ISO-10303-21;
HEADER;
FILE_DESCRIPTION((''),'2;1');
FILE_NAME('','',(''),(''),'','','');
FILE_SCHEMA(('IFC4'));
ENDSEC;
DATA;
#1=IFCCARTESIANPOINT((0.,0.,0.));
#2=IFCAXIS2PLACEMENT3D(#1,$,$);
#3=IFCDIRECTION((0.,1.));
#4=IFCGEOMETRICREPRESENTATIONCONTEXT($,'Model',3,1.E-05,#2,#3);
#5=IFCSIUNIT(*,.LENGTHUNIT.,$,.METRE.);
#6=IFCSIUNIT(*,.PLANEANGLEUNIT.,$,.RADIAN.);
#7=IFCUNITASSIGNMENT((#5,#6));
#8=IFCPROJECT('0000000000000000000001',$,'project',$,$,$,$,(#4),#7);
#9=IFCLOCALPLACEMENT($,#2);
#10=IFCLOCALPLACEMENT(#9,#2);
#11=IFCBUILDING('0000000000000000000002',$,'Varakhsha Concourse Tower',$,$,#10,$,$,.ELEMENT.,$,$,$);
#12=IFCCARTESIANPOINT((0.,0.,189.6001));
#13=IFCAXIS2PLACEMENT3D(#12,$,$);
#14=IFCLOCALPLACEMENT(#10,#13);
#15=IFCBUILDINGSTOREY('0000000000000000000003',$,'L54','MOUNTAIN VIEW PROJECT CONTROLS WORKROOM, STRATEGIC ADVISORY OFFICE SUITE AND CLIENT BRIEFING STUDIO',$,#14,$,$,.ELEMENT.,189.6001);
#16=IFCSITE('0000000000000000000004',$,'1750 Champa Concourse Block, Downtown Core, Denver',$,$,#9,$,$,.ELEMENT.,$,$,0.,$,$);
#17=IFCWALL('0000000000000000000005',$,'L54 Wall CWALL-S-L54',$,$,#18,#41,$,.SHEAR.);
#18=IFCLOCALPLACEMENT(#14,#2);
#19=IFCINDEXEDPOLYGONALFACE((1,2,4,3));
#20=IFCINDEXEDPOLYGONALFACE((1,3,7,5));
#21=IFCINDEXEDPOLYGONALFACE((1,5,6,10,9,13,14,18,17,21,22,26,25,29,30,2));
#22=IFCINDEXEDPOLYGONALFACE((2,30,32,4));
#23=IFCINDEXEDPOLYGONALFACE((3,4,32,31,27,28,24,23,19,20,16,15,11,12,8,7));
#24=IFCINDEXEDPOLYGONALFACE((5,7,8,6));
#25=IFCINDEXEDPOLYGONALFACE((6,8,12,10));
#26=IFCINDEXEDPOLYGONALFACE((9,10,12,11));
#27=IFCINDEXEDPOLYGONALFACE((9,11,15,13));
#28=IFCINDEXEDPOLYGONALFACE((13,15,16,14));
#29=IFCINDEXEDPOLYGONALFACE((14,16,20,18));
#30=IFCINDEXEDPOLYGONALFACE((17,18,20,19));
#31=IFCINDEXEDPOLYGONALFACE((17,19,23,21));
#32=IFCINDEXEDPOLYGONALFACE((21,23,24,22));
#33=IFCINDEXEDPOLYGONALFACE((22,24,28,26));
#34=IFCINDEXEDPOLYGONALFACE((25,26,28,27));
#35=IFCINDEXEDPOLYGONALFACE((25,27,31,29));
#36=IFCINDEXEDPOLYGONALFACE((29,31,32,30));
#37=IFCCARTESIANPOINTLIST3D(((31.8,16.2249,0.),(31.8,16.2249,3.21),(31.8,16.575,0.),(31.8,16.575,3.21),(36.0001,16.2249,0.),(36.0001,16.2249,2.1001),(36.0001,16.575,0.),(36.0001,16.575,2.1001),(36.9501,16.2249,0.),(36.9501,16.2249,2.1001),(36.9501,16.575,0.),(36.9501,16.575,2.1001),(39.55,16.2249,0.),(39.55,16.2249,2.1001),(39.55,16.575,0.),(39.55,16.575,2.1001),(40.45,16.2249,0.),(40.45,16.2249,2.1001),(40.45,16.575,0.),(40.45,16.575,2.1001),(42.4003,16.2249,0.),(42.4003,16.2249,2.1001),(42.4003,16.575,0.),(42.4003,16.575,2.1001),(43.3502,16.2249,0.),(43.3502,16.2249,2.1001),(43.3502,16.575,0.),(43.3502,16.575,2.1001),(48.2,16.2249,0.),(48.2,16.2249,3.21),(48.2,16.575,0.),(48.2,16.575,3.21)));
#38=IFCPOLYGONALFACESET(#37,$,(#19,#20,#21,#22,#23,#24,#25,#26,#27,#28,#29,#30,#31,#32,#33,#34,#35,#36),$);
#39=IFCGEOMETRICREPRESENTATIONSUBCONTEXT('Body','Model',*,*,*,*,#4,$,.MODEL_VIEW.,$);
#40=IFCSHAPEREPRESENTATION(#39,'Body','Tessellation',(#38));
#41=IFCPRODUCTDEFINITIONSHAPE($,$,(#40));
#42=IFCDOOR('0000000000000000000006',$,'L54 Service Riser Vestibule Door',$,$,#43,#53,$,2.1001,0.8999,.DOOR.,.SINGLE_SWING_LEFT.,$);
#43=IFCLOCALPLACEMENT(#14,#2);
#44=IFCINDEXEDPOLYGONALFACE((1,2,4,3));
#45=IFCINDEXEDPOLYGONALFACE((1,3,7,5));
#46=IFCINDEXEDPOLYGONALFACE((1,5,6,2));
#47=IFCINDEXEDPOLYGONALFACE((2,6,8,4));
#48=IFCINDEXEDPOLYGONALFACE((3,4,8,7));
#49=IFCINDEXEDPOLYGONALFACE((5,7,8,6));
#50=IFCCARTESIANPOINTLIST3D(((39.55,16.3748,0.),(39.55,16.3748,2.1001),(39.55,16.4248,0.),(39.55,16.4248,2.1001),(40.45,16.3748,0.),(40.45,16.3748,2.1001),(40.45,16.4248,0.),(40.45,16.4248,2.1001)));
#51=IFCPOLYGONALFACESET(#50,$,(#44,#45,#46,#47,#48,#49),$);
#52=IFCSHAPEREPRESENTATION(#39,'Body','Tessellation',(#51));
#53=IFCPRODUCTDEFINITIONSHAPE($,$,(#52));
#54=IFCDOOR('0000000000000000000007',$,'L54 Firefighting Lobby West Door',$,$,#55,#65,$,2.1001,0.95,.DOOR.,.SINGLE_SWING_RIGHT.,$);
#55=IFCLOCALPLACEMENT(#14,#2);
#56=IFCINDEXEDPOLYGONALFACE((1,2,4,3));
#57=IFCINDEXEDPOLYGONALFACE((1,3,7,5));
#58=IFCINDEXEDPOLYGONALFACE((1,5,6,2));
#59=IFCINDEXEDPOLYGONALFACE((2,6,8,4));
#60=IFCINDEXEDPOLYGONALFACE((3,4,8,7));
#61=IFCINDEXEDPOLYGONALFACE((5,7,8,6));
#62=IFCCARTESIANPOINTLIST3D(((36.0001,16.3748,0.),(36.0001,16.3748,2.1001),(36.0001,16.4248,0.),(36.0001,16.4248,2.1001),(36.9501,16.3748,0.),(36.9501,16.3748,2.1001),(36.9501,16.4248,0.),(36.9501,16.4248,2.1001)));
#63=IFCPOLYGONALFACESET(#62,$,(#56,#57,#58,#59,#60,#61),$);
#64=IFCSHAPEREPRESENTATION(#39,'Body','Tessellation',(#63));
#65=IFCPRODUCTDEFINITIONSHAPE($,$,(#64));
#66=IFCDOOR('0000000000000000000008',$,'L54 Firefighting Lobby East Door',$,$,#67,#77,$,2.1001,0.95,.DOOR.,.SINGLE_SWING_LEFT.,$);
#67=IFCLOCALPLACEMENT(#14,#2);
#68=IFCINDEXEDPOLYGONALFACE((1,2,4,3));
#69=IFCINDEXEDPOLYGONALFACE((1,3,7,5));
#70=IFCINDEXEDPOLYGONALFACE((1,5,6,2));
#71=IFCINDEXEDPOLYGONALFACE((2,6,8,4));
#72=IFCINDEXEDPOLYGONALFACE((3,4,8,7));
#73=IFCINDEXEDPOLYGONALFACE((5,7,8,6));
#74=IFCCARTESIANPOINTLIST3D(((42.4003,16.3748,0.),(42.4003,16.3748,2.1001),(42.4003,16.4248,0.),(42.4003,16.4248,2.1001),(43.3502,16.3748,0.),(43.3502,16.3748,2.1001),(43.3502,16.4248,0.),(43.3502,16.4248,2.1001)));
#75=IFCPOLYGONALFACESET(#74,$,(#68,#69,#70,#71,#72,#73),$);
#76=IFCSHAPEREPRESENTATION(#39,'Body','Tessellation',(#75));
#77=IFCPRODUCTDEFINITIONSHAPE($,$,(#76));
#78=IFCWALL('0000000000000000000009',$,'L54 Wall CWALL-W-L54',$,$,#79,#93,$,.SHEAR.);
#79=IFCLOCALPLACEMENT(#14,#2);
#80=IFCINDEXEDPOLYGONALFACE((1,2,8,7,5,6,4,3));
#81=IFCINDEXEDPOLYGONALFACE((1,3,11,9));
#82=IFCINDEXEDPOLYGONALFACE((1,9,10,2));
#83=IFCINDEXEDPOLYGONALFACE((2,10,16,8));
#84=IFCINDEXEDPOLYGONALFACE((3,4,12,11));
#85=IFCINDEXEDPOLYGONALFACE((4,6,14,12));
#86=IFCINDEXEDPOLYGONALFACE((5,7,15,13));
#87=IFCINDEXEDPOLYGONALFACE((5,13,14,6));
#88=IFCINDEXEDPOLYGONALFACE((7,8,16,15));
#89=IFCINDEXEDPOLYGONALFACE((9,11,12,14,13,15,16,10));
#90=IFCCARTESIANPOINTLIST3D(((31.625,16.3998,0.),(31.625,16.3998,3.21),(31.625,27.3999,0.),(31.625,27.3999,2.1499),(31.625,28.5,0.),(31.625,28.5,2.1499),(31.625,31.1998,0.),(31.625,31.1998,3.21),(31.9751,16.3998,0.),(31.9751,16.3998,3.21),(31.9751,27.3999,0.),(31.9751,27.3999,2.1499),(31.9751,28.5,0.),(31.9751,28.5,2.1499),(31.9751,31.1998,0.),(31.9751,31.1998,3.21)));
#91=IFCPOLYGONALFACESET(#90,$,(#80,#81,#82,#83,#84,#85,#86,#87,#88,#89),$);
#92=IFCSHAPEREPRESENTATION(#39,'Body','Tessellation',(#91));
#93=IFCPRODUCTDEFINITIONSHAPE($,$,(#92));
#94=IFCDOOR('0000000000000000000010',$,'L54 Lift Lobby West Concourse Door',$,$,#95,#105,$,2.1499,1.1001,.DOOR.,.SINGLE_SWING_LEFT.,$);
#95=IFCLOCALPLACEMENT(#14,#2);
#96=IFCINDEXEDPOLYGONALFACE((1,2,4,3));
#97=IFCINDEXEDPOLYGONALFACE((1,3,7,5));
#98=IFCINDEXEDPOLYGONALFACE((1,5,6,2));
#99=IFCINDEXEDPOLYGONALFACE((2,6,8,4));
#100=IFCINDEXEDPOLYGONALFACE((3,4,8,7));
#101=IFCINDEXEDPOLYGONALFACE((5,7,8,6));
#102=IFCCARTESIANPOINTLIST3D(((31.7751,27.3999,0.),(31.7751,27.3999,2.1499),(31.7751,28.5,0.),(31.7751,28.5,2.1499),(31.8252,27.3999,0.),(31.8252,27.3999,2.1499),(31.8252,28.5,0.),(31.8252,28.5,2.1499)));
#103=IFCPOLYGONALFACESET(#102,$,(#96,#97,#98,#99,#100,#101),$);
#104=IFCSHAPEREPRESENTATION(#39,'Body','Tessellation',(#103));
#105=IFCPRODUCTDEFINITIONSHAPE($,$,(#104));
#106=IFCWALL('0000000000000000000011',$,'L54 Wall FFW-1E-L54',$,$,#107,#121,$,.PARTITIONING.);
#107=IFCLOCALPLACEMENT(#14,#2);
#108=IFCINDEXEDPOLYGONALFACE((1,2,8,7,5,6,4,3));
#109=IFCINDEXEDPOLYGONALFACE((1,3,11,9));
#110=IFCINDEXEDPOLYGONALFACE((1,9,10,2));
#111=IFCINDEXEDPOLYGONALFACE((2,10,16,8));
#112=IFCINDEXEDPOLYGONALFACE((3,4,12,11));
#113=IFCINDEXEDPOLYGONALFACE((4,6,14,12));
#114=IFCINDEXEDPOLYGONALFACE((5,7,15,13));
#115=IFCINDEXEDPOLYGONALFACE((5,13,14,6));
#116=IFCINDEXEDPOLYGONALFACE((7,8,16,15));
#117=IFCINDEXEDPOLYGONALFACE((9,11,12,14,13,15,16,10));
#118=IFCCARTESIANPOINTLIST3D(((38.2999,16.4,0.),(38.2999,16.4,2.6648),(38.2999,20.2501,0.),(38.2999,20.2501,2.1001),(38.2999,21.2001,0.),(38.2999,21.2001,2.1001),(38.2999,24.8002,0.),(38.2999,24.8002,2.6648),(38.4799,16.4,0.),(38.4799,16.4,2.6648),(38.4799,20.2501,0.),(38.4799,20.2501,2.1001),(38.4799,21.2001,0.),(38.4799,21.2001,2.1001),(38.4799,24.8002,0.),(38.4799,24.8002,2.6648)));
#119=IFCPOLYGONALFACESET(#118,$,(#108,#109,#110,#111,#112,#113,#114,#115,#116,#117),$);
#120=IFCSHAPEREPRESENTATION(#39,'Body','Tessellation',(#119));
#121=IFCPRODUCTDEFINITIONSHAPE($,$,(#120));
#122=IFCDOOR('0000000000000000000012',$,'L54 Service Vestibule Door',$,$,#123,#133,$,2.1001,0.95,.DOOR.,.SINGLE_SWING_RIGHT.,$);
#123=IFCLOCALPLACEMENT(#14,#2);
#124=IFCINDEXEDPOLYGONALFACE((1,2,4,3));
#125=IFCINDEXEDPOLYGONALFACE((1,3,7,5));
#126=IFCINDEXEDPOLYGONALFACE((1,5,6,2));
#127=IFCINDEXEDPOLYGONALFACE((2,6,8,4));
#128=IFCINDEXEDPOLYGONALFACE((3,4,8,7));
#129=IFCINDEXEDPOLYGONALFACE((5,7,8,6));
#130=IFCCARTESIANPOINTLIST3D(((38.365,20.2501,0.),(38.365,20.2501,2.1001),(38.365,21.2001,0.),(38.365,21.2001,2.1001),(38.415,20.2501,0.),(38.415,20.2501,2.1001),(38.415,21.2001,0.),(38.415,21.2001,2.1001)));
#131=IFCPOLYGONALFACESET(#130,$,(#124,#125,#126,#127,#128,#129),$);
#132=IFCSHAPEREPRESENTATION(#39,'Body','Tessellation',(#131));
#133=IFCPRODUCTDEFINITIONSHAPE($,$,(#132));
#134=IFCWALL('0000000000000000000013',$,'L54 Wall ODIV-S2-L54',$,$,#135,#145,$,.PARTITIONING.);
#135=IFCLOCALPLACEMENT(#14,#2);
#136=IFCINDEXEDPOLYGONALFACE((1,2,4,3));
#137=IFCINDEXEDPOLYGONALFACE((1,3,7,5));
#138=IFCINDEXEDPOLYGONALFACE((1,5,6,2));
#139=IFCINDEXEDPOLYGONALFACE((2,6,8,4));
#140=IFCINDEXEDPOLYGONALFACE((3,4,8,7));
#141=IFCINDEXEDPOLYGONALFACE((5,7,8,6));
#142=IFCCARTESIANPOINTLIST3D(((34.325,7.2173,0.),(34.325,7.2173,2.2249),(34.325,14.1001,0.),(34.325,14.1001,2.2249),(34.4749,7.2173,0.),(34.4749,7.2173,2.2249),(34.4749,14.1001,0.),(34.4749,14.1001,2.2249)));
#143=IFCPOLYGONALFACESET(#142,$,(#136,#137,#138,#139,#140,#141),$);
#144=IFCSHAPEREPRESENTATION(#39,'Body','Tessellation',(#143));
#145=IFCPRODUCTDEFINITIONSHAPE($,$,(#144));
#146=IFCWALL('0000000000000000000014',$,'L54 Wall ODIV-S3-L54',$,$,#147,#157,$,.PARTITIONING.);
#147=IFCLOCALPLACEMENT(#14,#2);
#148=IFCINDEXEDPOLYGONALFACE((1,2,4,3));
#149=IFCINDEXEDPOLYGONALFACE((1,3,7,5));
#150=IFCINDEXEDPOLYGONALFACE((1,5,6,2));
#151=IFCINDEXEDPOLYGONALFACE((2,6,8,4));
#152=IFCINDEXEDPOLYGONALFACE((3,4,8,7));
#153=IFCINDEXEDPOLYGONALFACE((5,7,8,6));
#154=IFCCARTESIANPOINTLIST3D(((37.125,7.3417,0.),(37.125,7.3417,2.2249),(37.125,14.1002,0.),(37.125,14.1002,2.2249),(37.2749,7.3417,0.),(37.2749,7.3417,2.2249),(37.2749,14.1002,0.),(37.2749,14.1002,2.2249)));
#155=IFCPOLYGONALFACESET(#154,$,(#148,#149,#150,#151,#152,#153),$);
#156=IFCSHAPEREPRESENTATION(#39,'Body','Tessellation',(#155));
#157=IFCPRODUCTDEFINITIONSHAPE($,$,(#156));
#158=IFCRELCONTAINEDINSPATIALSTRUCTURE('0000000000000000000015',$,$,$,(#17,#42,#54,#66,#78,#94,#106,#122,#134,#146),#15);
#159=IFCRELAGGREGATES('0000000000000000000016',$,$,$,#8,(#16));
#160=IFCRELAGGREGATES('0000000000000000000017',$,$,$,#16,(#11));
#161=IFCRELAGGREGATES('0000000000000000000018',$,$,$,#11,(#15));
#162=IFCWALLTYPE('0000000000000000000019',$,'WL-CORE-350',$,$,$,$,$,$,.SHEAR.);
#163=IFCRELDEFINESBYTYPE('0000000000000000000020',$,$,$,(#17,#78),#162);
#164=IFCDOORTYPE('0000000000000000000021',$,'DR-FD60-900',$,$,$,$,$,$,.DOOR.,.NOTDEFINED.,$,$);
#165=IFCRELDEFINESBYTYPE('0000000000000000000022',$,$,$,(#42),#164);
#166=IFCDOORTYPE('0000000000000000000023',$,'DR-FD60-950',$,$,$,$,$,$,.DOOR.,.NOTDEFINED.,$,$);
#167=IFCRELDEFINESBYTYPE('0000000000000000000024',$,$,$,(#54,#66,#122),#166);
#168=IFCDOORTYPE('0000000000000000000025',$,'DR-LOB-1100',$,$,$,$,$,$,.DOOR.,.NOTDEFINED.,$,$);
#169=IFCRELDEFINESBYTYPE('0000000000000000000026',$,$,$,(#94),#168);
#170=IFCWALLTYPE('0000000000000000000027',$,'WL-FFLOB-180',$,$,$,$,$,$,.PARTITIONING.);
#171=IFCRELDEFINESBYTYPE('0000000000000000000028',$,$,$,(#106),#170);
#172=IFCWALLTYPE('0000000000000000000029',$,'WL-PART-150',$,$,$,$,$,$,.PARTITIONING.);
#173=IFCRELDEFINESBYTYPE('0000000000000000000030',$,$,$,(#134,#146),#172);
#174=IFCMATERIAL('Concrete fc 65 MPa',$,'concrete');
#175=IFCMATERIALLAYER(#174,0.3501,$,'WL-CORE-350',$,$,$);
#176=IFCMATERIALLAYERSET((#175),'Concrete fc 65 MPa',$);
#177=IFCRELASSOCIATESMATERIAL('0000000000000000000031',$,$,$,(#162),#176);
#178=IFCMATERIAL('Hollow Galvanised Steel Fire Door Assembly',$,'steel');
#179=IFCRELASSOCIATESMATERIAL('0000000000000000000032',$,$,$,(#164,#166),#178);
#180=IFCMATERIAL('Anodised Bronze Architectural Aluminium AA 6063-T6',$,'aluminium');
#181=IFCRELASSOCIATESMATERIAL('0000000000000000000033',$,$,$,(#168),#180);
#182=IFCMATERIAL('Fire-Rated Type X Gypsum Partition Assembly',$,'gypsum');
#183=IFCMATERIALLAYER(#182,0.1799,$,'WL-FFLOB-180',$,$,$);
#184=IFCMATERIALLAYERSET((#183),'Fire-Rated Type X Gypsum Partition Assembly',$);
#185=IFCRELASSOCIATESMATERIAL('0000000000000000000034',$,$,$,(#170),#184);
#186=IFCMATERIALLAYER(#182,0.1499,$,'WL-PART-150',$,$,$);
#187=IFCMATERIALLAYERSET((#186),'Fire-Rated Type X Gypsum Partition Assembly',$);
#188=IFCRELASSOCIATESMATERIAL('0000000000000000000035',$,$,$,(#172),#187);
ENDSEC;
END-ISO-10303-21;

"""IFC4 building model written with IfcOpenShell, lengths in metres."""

from ifc_helpers import new_model, si_unit, direction, frame, frame_2d, origin, place, context, subcontext, project, spatial, rectangle, extrude, material, layer, layer_set, type_object, element, fill, save


model = new_model("IFC4")

# Units and contexts
model_context = context("Model", 3, precision=1e-05, world=origin(), true_north=direction((0.0, 1.0)))
body_context = subcontext(model_context, "Body", "Model", "MODEL_VIEW")
ifc_project = project(units=[si_unit("LENGTHUNIT", "METRE"), si_unit("PLANEANGLEUNIT", "RADIAN")], contexts=[model_context])

# Site, building, storey
site_placement = place(None, origin())
site = spatial("IfcSite", under=ifc_project, at=site_placement, Name="1750 Champa Concourse Block, Downtown Core, Denver", CompositionType="ELEMENT", RefElevation=0.0)
building_placement = place(site_placement, origin())
building = spatial("IfcBuilding", under=site, at=building_placement, Name="Varakhsha Concourse Tower", CompositionType="ELEMENT")
storey_placement = place(building_placement, frame((0.0, 0.0, 189.6001)))
storey = spatial("IfcBuildingStorey", under=building, at=storey_placement, Name="L54", Description="MOUNTAIN VIEW PROJECT CONTROLS WORKROOM, STRATEGIC ADVISORY OFFICE SUITE AND CLIENT BRIEFING STUDIO", CompositionType="ELEMENT", Elevation=189.6001)

# Shared definitions
ifc_material_1 = material(Name="Anodised Bronze Architectural Aluminium AA 6063-T6", Category="aluminium")

# Wall, openings, doors
ifc_material_2 = material(Name="Concrete fc 65 MPa", Category="concrete")
ifc_layer_1 = layer(ifc_material_2, 0.3501, Name="WL-CORE-350")
ifc_layer_set_1 = layer_set([ifc_layer_1], Name="Concrete fc 65 MPa")
wall_type_1 = type_object("IfcWallType", Name="WL-CORE-350", PredefinedType="SHEAR", material=ifc_layer_set_1)
wall_1_placement = place(storey_placement, frame((31.8, 16.3999, 0.0), z_axis=(0.0, 0.0, 1.0), x_axis=(1.0, 0.0, 0.0)))
wall_1 = element("IfcWall", 1, at=wall_1_placement, inside=storey, type_object=wall_type_1, Name="L54 Wall CWALL-S-L54", PredefinedType="SHEAR", context=body_context, shape_type="SweptSolid", body=[
    extrude(rectangle(XDim=16.3999, YDim=0.3501, at=frame_2d((8.2, 0.0))), origin(), (0.0, 0.0, 1.0), 3.21),
])
opening_1_placement = place(wall_1_placement, frame((7.75, 0.0, 0.0)))
opening_1 = element("IfcOpeningElement", 2, at=opening_1_placement, cuts=wall_1, PredefinedType="OPENING", context=body_context, shape_type="SweptSolid", body=[
    extrude(rectangle(XDim=0.8999, YDim=2.1001, at=frame_2d((0.45, 1.05))), frame((0.0, 0.1851, 0.0), z_axis=(0.0, -1.0, 0.0), x_axis=(1.0, 0.0, 0.0)), (0.0, 0.0, 1.0), 0.3701),
])
opening_2_placement = place(wall_1_placement, frame((4.2, 0.0, 0.0)))
opening_2 = element("IfcOpeningElement", 3, at=opening_2_placement, cuts=wall_1, PredefinedType="OPENING", context=body_context, shape_type="SweptSolid", body=[
    extrude(rectangle(XDim=0.95, YDim=2.1001, at=frame_2d((0.4751, 1.05))), frame((0.0, 0.1851, 0.0), z_axis=(0.0, -1.0, 0.0), x_axis=(1.0, 0.0, 0.0)), (0.0, 0.0, 1.0), 0.3701),
])
opening_3_placement = place(wall_1_placement, frame((10.6001, 0.0, 0.0)))
opening_3 = element("IfcOpeningElement", 4, at=opening_3_placement, cuts=wall_1, PredefinedType="OPENING", context=body_context, shape_type="SweptSolid", body=[
    extrude(rectangle(XDim=0.95, YDim=2.1001, at=frame_2d((0.4751, 1.05))), frame((0.0, 0.1851, 0.0), z_axis=(0.0, -1.0, 0.0), x_axis=(1.0, 0.0, 0.0)), (0.0, 0.0, 1.0), 0.3701),
])
ifc_material_3 = material(Name="Hollow Galvanised Steel Fire Door Assembly", Category="steel")
door_type_1 = type_object("IfcDoorType", Name="DR-FD60-900", OperationType="NOTDEFINED", PredefinedType="DOOR", material=ifc_material_3)
door_1_placement = place(opening_1_placement, origin())
door_1 = element("IfcDoor", 5, at=door_1_placement, inside=storey, type_object=door_type_1, Name="L54 Service Riser Vestibule Door", OperationType="SINGLE_SWING_LEFT", OverallHeight=2.1001, OverallWidth=0.8999, PredefinedType="DOOR", context=body_context, shape_type="SweptSolid", body=[
    extrude(rectangle(XDim=0.8999, YDim=2.1001, at=frame_2d((0.45, 1.05))), frame((0.0, 0.0249, 0.0), z_axis=(0.0, -1.0, 0.0), x_axis=(1.0, 0.0, 0.0)), (0.0, 0.0, 1.0), 0.05),
])
fill(opening_1, door_1)
door_type_2 = type_object("IfcDoorType", Name="DR-FD60-950", OperationType="NOTDEFINED", PredefinedType="DOOR", material=ifc_material_3)
door_2_placement = place(opening_2_placement, origin())
door_2 = element("IfcDoor", 6, at=door_2_placement, inside=storey, type_object=door_type_2, Name="L54 Firefighting Lobby West Door", OperationType="SINGLE_SWING_RIGHT", OverallHeight=2.1001, OverallWidth=0.95, PredefinedType="DOOR", context=body_context, shape_type="SweptSolid", body=[
    extrude(rectangle(XDim=0.95, YDim=2.1001, at=frame_2d((0.4751, 1.05))), frame((0.0, 0.0249, 0.0), z_axis=(0.0, -1.0, 0.0), x_axis=(1.0, 0.0, 0.0)), (0.0, 0.0, 1.0), 0.05),
])
fill(opening_2, door_2)
door_3_placement = place(opening_3_placement, origin())
door_3 = element("IfcDoor", 7, at=door_3_placement, inside=storey, type_object=door_type_2, Name="L54 Firefighting Lobby East Door", OperationType="SINGLE_SWING_LEFT", OverallHeight=2.1001, OverallWidth=0.95, PredefinedType="DOOR", context=body_context, shape_type="SweptSolid", body=[
    extrude(rectangle(XDim=0.95, YDim=2.1001, at=frame_2d((0.4751, 1.05))), frame((0.0, 0.0249, 0.0), z_axis=(0.0, -1.0, 0.0), x_axis=(1.0, 0.0, 0.0)), (0.0, 0.0, 1.0), 0.05),
])
fill(opening_3, door_3)

# Walls, openings, doors
wall_2_placement = place(storey_placement, frame((31.8, 16.3999, 0.0), z_axis=(0.0, 0.0, 1.0), x_axis=(0.0, 1.0, 0.0)))
wall_2 = element("IfcWall", 8, at=wall_2_placement, inside=storey, type_object=wall_type_1, Name="L54 Wall CWALL-W-L54", PredefinedType="SHEAR", context=body_context, shape_type="SweptSolid", body=[
    extrude(rectangle(XDim=14.8, YDim=0.3501, at=frame_2d((7.3999, 0.0))), origin(), (0.0, 0.0, 1.0), 3.21),
])
opening_4_placement = place(wall_2_placement, frame((11.0, 0.0, 0.0)))
opening_4 = element("IfcOpeningElement", 9, at=opening_4_placement, cuts=wall_2, PredefinedType="OPENING", context=body_context, shape_type="SweptSolid", body=[
    extrude(rectangle(XDim=1.1001, YDim=2.1499, at=frame_2d((0.55, 1.075))), frame((0.0, 0.1851, 0.0), z_axis=(0.0, -1.0, 0.0), x_axis=(1.0, 0.0, 0.0)), (0.0, 0.0, 1.0), 0.3701),
])
door_type_3 = type_object("IfcDoorType", Name="DR-LOB-1100", OperationType="NOTDEFINED", PredefinedType="DOOR", material=ifc_material_1)
door_4_placement = place(opening_4_placement, origin())
door_4 = element("IfcDoor", 10, at=door_4_placement, inside=storey, type_object=door_type_3, Name="L54 Lift Lobby West Concourse Door", OperationType="SINGLE_SWING_LEFT", OverallHeight=2.1499, OverallWidth=1.1001, PredefinedType="DOOR", context=body_context, shape_type="SweptSolid", body=[
    extrude(rectangle(XDim=1.1001, YDim=2.1499, at=frame_2d((0.55, 1.075))), frame((0.0, 0.0249, 0.0), z_axis=(0.0, -1.0, 0.0), x_axis=(1.0, 0.0, 0.0)), (0.0, 0.0, 1.0), 0.05),
])
fill(opening_4, door_4)
ifc_material_4 = material(Name="Fire-Rated Type X Gypsum Partition Assembly", Category="gypsum")
ifc_layer_2 = layer(ifc_material_4, 0.1799, Name="WL-FFLOB-180")
ifc_layer_set_2 = layer_set([ifc_layer_2], Name="Fire-Rated Type X Gypsum Partition Assembly")
wall_type_2 = type_object("IfcWallType", Name="WL-FFLOB-180", PredefinedType="PARTITIONING", material=ifc_layer_set_2)
wall_3_placement = place(storey_placement, frame((38.3899, 16.3999, 0.0), z_axis=(0.0, 0.0, 1.0), x_axis=(0.0, 1.0, 0.0)))
wall_3 = element("IfcWall", 11, at=wall_3_placement, inside=storey, type_object=wall_type_2, Name="L54 Wall FFW-1E-L54", PredefinedType="PARTITIONING", context=body_context, shape_type="SweptSolid", body=[
    extrude(rectangle(XDim=8.4001, YDim=0.1799, at=frame_2d((4.2002, 0.0))), origin(), (0.0, 0.0, 1.0), 2.6648),
])
opening_5_placement = place(wall_3_placement, frame((3.8501, 0.0, 0.0)))
opening_5 = element("IfcOpeningElement", 12, at=opening_5_placement, cuts=wall_3, PredefinedType="OPENING", context=body_context, shape_type="SweptSolid", body=[
    extrude(rectangle(XDim=0.95, YDim=2.1001, at=frame_2d((0.4751, 1.05))), frame((0.0, 0.0999, 0.0), z_axis=(0.0, -1.0, 0.0), x_axis=(1.0, 0.0, 0.0)), (0.0, 0.0, 1.0), 0.2),
])
door_5_placement = place(opening_5_placement, origin())
door_5 = element("IfcDoor", 13, at=door_5_placement, inside=storey, type_object=door_type_2, Name="L54 Service Vestibule Door", OperationType="SINGLE_SWING_RIGHT", OverallHeight=2.1001, OverallWidth=0.95, PredefinedType="DOOR", context=body_context, shape_type="SweptSolid", body=[
    extrude(rectangle(XDim=0.95, YDim=2.1001, at=frame_2d((0.4751, 1.05))), frame((0.0, 0.0249, 0.0), z_axis=(0.0, -1.0, 0.0), x_axis=(1.0, 0.0, 0.0)), (0.0, 0.0, 1.0), 0.05),
])
fill(opening_5, door_5)

# Walls
ifc_layer_3 = layer(ifc_material_4, 0.1499, Name="WL-PART-150")
ifc_layer_set_3 = layer_set([ifc_layer_3], Name="Fire-Rated Type X Gypsum Partition Assembly")
wall_type_3 = type_object("IfcWallType", Name="WL-PART-150", PredefinedType="PARTITIONING", material=ifc_layer_set_3)
wall_4_placement = place(storey_placement, frame((34.3999, 7.2173, 0.0), z_axis=(0.0, 0.0, 1.0), x_axis=(0.0, 1.0, 0.0)))
element("IfcWall", 14, at=wall_4_placement, inside=storey, type_object=wall_type_3, Name="L54 Wall ODIV-S2-L54", PredefinedType="PARTITIONING", context=body_context, shape_type="SweptSolid", body=[
    extrude(rectangle(XDim=6.8828, YDim=0.1499, at=frame_2d((3.4414, 0.0))), origin(), (0.0, 0.0, 1.0), 2.2249),
])
wall_5_placement = place(storey_placement, frame((37.2, 7.3416, 0.0), z_axis=(0.0, 0.0, 1.0), x_axis=(0.0, 1.0, 0.0)))
element("IfcWall", 15, at=wall_5_placement, inside=storey, type_object=wall_type_3, Name="L54 Wall ODIV-S3-L54", PredefinedType="PARTITIONING", context=body_context, shape_type="SweptSolid", body=[
    extrude(rectangle(XDim=6.7585, YDim=0.1499, at=frame_2d((3.3794, 0.0))), origin(), (0.0, 0.0, 1.0), 2.2249),
])

save(model, "model.ifc")
